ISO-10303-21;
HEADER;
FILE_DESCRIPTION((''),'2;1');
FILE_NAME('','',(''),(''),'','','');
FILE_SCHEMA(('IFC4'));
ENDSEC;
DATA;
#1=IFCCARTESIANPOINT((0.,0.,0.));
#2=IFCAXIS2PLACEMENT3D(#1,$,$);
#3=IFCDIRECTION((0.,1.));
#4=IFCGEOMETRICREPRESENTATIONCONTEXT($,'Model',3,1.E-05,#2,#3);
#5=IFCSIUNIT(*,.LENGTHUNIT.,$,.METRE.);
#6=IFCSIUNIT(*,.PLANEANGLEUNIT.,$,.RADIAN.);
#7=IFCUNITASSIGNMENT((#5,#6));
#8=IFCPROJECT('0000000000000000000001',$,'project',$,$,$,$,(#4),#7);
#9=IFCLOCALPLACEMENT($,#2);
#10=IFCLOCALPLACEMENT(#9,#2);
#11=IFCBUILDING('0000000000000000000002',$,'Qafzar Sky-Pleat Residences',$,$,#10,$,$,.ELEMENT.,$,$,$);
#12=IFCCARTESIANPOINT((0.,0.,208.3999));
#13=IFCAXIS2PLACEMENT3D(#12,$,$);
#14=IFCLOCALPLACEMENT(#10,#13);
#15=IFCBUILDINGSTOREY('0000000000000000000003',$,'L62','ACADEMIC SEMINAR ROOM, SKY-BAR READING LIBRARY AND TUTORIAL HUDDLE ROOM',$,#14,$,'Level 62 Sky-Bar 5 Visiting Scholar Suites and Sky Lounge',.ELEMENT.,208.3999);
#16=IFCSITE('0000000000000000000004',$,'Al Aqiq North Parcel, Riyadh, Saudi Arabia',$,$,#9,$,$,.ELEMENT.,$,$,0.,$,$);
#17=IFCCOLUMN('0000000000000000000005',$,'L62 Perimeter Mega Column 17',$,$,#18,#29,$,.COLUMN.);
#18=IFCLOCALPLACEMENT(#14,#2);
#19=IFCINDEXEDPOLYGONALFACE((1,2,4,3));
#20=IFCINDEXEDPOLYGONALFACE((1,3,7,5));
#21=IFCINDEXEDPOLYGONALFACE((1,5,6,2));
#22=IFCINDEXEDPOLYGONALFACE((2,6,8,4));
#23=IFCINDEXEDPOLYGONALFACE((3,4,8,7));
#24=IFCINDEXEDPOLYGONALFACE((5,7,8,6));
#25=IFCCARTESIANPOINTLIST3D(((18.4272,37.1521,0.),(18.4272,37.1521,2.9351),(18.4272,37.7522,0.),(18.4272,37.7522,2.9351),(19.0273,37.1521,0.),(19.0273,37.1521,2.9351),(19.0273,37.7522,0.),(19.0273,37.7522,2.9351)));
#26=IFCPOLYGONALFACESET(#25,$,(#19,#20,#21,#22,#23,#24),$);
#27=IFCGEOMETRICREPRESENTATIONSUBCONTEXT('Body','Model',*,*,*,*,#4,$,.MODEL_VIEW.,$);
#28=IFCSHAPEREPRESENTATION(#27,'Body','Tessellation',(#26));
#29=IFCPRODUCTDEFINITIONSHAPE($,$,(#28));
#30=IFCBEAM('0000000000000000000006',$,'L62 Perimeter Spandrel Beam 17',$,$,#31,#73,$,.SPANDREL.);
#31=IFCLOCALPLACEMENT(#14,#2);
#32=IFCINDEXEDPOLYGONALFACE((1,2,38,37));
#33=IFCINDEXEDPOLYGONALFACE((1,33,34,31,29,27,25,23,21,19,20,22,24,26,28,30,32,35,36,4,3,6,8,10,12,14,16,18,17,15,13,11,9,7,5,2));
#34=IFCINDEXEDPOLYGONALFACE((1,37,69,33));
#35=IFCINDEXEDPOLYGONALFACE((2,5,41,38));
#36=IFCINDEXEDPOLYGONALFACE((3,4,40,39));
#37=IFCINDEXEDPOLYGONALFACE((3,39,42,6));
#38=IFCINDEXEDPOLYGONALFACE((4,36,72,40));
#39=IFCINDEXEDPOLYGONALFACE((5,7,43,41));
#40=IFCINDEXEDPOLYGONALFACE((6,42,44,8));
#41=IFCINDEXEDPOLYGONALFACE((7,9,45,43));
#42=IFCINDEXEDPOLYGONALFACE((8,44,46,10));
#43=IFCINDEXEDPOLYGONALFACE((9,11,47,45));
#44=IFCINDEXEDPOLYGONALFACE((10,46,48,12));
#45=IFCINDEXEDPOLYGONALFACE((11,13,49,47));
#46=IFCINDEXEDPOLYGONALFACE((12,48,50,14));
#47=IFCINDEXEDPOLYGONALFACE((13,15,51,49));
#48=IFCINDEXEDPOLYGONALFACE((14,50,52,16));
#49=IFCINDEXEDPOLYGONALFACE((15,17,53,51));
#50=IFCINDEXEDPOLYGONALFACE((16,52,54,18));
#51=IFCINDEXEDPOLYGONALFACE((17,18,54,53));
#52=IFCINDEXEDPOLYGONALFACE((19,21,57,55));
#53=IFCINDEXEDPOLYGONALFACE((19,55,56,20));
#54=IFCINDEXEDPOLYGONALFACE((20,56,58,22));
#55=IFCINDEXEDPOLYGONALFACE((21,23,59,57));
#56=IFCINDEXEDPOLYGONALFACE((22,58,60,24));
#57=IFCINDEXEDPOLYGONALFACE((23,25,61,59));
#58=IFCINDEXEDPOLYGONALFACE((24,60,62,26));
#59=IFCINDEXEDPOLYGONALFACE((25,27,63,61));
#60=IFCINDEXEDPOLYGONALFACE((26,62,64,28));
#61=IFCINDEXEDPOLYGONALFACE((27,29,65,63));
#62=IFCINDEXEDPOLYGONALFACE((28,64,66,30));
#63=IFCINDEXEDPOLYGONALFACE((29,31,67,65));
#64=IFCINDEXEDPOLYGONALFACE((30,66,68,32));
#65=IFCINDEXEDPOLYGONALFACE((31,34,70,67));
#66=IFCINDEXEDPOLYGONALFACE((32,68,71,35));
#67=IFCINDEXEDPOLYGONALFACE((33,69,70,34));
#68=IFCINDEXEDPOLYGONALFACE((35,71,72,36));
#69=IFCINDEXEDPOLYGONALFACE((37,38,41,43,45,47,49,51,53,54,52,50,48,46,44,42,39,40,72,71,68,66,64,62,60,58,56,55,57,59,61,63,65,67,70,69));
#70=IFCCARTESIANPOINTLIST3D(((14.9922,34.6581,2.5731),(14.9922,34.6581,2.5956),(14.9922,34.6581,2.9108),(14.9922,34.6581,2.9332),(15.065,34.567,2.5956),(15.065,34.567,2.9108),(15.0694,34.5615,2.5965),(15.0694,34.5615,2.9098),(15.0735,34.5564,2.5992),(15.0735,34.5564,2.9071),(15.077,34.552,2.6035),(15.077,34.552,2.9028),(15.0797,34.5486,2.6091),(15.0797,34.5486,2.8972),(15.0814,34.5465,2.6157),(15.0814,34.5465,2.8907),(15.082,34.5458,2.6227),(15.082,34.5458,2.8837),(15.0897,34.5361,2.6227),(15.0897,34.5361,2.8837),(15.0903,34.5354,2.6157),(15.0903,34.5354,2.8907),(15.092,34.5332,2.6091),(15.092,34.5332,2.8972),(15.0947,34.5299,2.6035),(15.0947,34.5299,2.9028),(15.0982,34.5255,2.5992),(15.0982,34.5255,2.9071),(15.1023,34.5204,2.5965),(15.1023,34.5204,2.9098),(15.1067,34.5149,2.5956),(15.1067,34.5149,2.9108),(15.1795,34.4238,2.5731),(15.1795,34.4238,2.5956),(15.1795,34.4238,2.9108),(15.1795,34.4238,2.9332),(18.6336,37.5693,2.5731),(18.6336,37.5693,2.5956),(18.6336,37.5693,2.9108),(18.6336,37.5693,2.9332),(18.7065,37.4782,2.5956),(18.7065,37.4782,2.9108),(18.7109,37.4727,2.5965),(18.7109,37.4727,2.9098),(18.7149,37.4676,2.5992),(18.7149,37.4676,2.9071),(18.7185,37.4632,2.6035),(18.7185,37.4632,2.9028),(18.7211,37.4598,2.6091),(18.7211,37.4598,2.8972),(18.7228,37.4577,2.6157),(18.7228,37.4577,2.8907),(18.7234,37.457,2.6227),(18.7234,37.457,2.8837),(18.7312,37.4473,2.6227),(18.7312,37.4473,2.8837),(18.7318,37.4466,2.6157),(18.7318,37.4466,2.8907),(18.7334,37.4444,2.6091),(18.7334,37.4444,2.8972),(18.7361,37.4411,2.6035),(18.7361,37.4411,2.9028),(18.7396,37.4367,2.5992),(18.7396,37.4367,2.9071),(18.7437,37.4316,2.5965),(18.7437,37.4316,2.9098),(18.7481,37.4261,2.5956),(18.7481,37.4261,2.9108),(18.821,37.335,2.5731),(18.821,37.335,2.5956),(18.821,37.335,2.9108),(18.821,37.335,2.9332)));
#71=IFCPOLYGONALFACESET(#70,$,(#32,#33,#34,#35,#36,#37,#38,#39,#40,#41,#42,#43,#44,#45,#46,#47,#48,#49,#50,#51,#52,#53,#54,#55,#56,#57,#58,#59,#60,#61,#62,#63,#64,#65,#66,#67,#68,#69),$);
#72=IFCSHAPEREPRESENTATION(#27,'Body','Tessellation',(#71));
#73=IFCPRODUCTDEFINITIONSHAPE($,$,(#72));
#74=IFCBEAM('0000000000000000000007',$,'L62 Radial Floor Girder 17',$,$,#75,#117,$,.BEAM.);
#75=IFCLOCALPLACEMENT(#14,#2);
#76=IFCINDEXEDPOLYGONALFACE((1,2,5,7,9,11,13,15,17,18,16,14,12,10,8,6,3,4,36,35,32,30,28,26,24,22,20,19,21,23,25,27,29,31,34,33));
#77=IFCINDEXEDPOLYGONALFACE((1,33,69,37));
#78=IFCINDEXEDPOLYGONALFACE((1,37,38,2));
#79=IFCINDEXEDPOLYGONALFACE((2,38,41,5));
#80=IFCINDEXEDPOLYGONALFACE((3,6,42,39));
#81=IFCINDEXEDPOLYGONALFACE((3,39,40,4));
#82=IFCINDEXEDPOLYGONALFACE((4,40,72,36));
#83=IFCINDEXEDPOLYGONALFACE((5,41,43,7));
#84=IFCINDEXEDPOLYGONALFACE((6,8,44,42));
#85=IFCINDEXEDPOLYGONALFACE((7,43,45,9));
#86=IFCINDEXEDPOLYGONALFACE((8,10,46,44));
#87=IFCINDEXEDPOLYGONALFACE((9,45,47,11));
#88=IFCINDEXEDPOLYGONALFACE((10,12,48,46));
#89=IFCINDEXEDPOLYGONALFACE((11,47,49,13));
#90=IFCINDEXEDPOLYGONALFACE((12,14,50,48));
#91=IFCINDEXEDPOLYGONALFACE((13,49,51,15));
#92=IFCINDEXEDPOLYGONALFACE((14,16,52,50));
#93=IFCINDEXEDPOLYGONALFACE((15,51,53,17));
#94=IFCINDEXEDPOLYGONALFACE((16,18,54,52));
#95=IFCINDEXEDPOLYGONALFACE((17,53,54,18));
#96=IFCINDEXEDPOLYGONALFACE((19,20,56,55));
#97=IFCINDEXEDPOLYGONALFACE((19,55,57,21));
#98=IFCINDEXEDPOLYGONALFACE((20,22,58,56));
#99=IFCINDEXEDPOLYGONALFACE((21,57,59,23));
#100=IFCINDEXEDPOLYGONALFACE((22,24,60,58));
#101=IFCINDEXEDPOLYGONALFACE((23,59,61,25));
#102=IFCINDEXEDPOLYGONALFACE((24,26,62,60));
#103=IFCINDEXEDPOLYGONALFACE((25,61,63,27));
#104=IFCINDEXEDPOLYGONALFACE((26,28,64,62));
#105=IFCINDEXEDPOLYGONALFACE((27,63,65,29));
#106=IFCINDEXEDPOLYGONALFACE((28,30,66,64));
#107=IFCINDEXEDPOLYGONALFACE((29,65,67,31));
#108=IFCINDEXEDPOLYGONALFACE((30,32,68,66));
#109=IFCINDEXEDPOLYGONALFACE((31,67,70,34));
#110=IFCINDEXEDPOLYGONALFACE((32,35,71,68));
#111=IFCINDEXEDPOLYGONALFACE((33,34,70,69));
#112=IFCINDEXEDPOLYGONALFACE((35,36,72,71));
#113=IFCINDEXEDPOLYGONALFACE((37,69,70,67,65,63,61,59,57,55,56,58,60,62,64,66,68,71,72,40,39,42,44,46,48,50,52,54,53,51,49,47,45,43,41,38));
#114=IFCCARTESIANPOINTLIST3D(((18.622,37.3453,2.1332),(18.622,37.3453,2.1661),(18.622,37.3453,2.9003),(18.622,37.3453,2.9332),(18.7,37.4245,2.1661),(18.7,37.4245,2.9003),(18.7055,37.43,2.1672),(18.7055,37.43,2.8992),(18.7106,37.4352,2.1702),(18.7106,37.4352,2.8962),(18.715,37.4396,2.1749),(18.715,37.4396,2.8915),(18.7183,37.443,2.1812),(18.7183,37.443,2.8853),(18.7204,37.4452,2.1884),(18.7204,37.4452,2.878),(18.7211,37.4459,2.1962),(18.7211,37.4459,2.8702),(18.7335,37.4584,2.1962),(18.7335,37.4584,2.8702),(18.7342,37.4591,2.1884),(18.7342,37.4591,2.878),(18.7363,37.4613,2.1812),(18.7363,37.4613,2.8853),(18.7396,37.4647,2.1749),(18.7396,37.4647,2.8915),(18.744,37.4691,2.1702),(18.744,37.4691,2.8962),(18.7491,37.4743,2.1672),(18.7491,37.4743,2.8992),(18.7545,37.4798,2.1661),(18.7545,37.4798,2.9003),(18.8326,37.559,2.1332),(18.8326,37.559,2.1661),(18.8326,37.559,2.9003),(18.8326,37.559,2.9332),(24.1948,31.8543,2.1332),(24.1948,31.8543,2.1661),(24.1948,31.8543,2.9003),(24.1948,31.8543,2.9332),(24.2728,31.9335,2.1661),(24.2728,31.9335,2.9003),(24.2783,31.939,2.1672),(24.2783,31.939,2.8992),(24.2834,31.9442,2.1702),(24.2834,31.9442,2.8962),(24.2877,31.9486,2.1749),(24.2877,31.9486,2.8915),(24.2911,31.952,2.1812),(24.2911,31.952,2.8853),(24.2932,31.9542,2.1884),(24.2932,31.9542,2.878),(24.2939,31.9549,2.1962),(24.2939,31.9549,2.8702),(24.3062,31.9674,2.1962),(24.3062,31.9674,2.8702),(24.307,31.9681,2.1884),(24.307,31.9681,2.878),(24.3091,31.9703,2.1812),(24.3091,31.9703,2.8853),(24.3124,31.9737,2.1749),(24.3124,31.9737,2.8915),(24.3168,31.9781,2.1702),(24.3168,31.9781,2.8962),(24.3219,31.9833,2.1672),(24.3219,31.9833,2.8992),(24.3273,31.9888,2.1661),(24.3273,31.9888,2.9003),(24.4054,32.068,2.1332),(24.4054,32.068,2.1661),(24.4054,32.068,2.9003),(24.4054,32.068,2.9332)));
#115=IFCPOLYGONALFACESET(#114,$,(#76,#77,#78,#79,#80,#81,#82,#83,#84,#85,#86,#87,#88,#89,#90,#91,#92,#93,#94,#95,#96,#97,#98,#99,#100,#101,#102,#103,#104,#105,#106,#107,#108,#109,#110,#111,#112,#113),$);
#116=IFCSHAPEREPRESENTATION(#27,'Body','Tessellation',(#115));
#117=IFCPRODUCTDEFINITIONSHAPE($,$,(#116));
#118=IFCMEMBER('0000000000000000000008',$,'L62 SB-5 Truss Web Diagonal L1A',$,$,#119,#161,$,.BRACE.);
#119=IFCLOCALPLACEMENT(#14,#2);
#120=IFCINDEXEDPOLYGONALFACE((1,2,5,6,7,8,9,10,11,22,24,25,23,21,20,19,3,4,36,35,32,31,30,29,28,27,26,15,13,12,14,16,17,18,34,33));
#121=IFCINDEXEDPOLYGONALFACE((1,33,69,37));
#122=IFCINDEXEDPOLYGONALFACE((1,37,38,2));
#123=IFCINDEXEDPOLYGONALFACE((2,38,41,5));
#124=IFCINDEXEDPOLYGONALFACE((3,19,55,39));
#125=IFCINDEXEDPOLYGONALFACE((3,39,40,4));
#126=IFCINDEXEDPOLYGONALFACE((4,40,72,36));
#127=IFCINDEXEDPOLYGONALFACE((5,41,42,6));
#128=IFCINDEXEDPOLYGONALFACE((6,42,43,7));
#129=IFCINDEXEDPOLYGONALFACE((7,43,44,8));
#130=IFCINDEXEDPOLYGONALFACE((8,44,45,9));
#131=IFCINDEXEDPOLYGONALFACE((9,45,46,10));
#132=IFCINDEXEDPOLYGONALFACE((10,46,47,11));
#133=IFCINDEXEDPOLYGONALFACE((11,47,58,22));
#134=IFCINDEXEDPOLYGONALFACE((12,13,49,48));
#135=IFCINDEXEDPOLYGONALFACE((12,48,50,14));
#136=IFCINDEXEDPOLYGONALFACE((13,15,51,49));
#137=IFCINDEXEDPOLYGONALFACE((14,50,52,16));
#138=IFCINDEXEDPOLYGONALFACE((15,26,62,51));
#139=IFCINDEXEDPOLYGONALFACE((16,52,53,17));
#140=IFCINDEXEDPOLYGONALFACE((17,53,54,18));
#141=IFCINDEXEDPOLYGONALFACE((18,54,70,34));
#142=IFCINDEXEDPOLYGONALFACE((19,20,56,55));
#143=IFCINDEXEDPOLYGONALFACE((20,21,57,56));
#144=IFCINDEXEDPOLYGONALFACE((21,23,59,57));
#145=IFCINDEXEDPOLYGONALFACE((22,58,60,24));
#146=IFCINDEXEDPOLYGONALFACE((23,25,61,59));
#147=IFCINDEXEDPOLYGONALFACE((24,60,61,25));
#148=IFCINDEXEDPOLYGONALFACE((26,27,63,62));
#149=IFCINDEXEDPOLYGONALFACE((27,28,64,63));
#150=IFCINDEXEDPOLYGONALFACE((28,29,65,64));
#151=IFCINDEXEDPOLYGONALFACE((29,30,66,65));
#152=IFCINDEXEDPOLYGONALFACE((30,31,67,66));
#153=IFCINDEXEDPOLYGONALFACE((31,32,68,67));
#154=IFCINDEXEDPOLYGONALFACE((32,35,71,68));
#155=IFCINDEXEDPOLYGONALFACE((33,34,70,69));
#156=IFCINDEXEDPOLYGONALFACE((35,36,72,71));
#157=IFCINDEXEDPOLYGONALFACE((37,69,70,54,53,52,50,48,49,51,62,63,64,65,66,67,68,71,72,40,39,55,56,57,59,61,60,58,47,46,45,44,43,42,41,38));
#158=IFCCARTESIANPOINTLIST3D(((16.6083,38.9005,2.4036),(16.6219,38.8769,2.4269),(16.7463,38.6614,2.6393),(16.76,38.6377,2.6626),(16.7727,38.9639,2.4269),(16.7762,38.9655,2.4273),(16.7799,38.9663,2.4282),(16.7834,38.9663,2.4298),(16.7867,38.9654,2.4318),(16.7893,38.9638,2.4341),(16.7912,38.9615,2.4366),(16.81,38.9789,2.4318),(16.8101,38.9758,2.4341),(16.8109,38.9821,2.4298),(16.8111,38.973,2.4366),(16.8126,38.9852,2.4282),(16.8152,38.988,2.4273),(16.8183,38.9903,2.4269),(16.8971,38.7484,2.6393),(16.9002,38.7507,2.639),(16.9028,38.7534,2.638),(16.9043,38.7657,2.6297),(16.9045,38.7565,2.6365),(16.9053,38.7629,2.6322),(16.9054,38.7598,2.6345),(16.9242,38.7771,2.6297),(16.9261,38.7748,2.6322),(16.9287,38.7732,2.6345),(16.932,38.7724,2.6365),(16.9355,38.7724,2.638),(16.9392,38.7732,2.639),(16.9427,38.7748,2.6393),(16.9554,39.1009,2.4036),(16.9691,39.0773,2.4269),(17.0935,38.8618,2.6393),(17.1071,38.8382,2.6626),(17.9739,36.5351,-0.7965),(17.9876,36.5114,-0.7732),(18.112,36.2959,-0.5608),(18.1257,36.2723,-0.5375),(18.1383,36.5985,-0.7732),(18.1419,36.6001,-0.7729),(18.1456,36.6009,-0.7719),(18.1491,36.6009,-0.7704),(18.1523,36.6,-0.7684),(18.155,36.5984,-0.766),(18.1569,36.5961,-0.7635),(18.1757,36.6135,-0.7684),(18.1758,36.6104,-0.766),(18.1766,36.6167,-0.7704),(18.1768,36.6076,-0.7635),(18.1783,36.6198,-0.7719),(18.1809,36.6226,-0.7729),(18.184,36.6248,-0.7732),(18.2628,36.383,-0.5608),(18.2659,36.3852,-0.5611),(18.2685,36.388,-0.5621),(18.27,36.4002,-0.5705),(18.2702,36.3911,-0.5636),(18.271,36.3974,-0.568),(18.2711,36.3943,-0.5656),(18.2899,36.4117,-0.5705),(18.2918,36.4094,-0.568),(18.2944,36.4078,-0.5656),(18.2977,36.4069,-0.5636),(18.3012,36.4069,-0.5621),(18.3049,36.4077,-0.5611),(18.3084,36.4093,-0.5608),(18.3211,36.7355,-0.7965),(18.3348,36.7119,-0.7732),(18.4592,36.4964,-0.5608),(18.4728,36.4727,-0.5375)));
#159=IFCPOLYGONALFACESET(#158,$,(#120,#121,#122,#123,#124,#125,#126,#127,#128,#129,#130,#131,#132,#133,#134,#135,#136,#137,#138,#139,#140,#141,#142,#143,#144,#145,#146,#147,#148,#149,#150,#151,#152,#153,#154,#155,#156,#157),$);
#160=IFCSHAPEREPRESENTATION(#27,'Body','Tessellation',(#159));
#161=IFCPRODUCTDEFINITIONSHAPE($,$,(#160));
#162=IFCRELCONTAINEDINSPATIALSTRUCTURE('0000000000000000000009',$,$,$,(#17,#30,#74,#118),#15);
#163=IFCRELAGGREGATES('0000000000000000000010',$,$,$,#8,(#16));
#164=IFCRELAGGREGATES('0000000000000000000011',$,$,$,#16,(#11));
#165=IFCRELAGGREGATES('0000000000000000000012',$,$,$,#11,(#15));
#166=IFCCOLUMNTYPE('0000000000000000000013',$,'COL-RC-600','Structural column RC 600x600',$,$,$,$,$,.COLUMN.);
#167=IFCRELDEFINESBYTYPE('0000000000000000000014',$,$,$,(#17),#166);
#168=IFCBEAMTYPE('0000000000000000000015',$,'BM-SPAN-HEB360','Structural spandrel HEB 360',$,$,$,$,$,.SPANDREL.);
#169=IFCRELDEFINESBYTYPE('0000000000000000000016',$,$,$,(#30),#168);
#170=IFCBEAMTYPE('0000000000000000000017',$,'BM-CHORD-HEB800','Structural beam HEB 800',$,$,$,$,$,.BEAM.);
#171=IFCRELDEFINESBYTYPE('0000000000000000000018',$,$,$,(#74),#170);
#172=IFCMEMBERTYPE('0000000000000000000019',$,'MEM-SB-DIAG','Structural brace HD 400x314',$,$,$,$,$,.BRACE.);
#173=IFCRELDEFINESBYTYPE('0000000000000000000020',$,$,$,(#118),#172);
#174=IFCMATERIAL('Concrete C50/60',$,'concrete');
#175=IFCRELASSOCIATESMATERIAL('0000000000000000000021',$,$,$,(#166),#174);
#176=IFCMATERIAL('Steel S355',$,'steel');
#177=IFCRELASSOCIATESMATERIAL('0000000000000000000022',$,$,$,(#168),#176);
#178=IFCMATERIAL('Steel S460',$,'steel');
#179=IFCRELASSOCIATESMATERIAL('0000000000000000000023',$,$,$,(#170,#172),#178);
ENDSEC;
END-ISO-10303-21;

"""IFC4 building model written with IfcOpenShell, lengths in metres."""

from ifc_helpers import new_model, si_unit, direction, frame, origin, origin_2d, place, context, subcontext, project, spatial, rectangle, i_section, extrude, source, transform, mapped, material, material_profile, profile_set, type_object, element, save


model = new_model("IFC4")

# Units and contexts
model_context = context("Model", 3, precision=1e-05, world=origin(), true_north=direction((0.0, 1.0)))
body_context = subcontext(model_context, "Body", "Model", "MODEL_VIEW")
ifc_project = project(units=[si_unit("LENGTHUNIT", "METRE"), si_unit("PLANEANGLEUNIT", "RADIAN")], contexts=[model_context])

# Site, building, storey
site_placement = place(None, origin())
site = spatial("IfcSite", under=ifc_project, at=site_placement, Name="Al Aqiq North Parcel, Riyadh, Saudi Arabia", CompositionType="ELEMENT", RefElevation=0.0)
building_placement = place(site_placement, origin())
building = spatial("IfcBuilding", under=site, at=building_placement, Name="Qafzar Sky-Pleat Residences", CompositionType="ELEMENT")
storey_placement = place(building_placement, frame((0.0, 0.0, 208.3999)))
storey = spatial("IfcBuildingStorey", under=building, at=storey_placement, Name="L62", Description="ACADEMIC SEMINAR ROOM, SKY-BAR READING LIBRARY AND TUTORIAL HUDDLE ROOM", LongName="Level 62 Sky-Bar 5 Visiting Scholar Suites and Sky Lounge", CompositionType="ELEMENT", Elevation=208.3999)

# Column
ifc_material_1 = material(Name="Concrete C50/60", Category="concrete")
ifc_material_profile_1 = material_profile(ifc_material_1, rectangle(XDim=0.6001, YDim=0.6001, at=origin_2d()), Name="RC 600x600")
ifc_profile_set_1 = profile_set([ifc_material_profile_1], Name="Concrete C50/60")
column_type = type_object("IfcColumnType", Name="COL-RC-600", Description="Structural column RC 600x600", PredefinedType="COLUMN", material=ifc_profile_set_1)
shared_shape_1 = source(origin(), body_context, "Body", "SweptSolid", [
    extrude(rectangle(XDim=0.6001, YDim=0.6001, at=origin_2d()), origin(), (0.0, 0.0, 1.0), 2.9351),
])
column_placement = place(storey_placement, frame((18.7273, 37.4521, 0.0), z_axis=(0.0, 0.0, 1.0), x_axis=(1.0, 0.0, 0.0)))
element("IfcColumn", 1, at=column_placement, inside=storey, type_object=column_type, Name="L62 Perimeter Mega Column 17", PredefinedType="COLUMN", context=body_context, shape_type="MappedRepresentation", body=[
    mapped(shared_shape_1, transform((0.0, 0.0, 0.0), x_axis=(1.0, 0.0, 0.0), y_axis=(0.0, 1.0, 0.0), z_axis=(0.0, 0.0, 1.0), scale=1.0)),
])

# Beams
ifc_material_2 = material(Name="Steel S355", Category="steel")
ifc_material_profile_2 = material_profile(ifc_material_2, i_section(OverallWidth=0.3, OverallDepth=0.3601, WebThickness=0.0125, FlangeThickness=0.0225, FilletRadius=0.0271, at=origin_2d()), Name="HEB 360")
ifc_profile_set_2 = profile_set([ifc_material_profile_2], Name="Steel S355")
beam_type_1 = type_object("IfcBeamType", Name="BM-SPAN-HEB360", Description="Structural spandrel HEB 360", PredefinedType="SPANDREL", material=ifc_profile_set_2)
shared_shape_2 = source(origin(), body_context, "Body", "SweptSolid", [
    extrude(i_section(OverallWidth=0.3, OverallDepth=0.3601, WebThickness=0.0125, FlangeThickness=0.0225, FilletRadius=0.0271, at=origin_2d()), origin(), (0.0, 0.0, 1.0), 4.6621),
])
beam_1_placement = place(storey_placement, frame((18.7273, 37.4521, 2.7532), z_axis=(-0.781073, -0.62444, 0.0), x_axis=(0.62444, -0.781073, 0.0)))
element("IfcBeam", 2, at=beam_1_placement, inside=storey, type_object=beam_type_1, Name="L62 Perimeter Spandrel Beam 17", PredefinedType="SPANDREL", context=body_context, shape_type="MappedRepresentation", body=[
    mapped(shared_shape_2, transform((0.0, 0.0, 0.0), x_axis=(1.0, 0.0, 0.0), y_axis=(0.0, 1.0, 0.0), z_axis=(0.0, 0.0, 1.0), scale=1.0)),
])
ifc_material_3 = material(Name="Steel S460", Category="steel")
ifc_material_profile_3 = material_profile(ifc_material_3, i_section(OverallWidth=0.3, OverallDepth=0.8, WebThickness=0.0176, FlangeThickness=0.033, FilletRadius=0.03, at=origin_2d()), Name="HEB 800")
ifc_profile_set_3 = profile_set([ifc_material_profile_3], Name="Steel S460")
beam_type_2 = type_object("IfcBeamType", Name="BM-CHORD-HEB800", Description="Structural beam HEB 800", PredefinedType="BEAM", material=ifc_profile_set_3)
shared_shape_3 = source(origin(), body_context, "Body", "SweptSolid", [
    extrude(i_section(OverallWidth=0.3, OverallDepth=0.8, WebThickness=0.0176, FlangeThickness=0.033, FilletRadius=0.03, at=origin_2d()), origin(), (0.0, 0.0, 1.0), 7.8235),
])
beam_2_placement = place(storey_placement, frame((18.7273, 37.4521, 2.5332), z_axis=(0.712315, -0.70186, 0.0), x_axis=(0.70186, 0.712315, 0.0)))
element("IfcBeam", 3, at=beam_2_placement, inside=storey, type_object=beam_type_2, Name="L62 Radial Floor Girder 17", PredefinedType="BEAM", context=body_context, shape_type="MappedRepresentation", body=[
    mapped(shared_shape_3, transform((0.0, 0.0, 0.0), x_axis=(1.0, 0.0, 0.0), y_axis=(0.0, 1.0, 0.0), z_axis=(0.0, 0.0, 1.0), scale=1.0)),
])

# Member
ifc_material_profile_4 = material_profile(ifc_material_3, i_section(OverallWidth=0.4009, OverallDepth=0.3989, WebThickness=0.0229, FlangeThickness=0.0359, FilletRadius=0.0149, at=origin_2d()), Name="HD 400x314")
ifc_profile_set_4 = profile_set([ifc_material_profile_4], Name="Steel S460")
member_type = type_object("IfcMemberType", Name="MEM-SB-DIAG", Description="Structural brace HD 400x314", PredefinedType="BRACE", material=ifc_profile_set_4)
shared_shape_4 = source(origin(), body_context, "Body", "SweptSolid", [
    extrude(i_section(OverallWidth=0.4009, OverallDepth=0.3989, WebThickness=0.0229, FlangeThickness=0.0359, FilletRadius=0.0149, at=origin_2d()), origin(), (0.0, 0.0, 1.0), 4.2073),
])
for number, where, z_axis, x_axis, name in (
    (4, (18.2234, 36.5039, -0.667), (-0.324603, 0.562223, 0.760617), (-0.866023, -0.500004, 0.0), "L62 SB-5 Truss Web Diagonal L1A"),
):
    element("IfcMember", number, at=place(storey_placement, frame(where, z_axis=z_axis, x_axis=x_axis)), inside=storey, type_object=member_type, Name=name, PredefinedType="BRACE", context=body_context, shape_type="MappedRepresentation", body=[
        mapped(shared_shape_4, transform((0.0, 0.0, 0.0), x_axis=(1.0, 0.0, 0.0), y_axis=(0.0, 1.0, 0.0), z_axis=(0.0, 0.0, 1.0), scale=1.0)),
    ])

save(model, "model.ifc")
